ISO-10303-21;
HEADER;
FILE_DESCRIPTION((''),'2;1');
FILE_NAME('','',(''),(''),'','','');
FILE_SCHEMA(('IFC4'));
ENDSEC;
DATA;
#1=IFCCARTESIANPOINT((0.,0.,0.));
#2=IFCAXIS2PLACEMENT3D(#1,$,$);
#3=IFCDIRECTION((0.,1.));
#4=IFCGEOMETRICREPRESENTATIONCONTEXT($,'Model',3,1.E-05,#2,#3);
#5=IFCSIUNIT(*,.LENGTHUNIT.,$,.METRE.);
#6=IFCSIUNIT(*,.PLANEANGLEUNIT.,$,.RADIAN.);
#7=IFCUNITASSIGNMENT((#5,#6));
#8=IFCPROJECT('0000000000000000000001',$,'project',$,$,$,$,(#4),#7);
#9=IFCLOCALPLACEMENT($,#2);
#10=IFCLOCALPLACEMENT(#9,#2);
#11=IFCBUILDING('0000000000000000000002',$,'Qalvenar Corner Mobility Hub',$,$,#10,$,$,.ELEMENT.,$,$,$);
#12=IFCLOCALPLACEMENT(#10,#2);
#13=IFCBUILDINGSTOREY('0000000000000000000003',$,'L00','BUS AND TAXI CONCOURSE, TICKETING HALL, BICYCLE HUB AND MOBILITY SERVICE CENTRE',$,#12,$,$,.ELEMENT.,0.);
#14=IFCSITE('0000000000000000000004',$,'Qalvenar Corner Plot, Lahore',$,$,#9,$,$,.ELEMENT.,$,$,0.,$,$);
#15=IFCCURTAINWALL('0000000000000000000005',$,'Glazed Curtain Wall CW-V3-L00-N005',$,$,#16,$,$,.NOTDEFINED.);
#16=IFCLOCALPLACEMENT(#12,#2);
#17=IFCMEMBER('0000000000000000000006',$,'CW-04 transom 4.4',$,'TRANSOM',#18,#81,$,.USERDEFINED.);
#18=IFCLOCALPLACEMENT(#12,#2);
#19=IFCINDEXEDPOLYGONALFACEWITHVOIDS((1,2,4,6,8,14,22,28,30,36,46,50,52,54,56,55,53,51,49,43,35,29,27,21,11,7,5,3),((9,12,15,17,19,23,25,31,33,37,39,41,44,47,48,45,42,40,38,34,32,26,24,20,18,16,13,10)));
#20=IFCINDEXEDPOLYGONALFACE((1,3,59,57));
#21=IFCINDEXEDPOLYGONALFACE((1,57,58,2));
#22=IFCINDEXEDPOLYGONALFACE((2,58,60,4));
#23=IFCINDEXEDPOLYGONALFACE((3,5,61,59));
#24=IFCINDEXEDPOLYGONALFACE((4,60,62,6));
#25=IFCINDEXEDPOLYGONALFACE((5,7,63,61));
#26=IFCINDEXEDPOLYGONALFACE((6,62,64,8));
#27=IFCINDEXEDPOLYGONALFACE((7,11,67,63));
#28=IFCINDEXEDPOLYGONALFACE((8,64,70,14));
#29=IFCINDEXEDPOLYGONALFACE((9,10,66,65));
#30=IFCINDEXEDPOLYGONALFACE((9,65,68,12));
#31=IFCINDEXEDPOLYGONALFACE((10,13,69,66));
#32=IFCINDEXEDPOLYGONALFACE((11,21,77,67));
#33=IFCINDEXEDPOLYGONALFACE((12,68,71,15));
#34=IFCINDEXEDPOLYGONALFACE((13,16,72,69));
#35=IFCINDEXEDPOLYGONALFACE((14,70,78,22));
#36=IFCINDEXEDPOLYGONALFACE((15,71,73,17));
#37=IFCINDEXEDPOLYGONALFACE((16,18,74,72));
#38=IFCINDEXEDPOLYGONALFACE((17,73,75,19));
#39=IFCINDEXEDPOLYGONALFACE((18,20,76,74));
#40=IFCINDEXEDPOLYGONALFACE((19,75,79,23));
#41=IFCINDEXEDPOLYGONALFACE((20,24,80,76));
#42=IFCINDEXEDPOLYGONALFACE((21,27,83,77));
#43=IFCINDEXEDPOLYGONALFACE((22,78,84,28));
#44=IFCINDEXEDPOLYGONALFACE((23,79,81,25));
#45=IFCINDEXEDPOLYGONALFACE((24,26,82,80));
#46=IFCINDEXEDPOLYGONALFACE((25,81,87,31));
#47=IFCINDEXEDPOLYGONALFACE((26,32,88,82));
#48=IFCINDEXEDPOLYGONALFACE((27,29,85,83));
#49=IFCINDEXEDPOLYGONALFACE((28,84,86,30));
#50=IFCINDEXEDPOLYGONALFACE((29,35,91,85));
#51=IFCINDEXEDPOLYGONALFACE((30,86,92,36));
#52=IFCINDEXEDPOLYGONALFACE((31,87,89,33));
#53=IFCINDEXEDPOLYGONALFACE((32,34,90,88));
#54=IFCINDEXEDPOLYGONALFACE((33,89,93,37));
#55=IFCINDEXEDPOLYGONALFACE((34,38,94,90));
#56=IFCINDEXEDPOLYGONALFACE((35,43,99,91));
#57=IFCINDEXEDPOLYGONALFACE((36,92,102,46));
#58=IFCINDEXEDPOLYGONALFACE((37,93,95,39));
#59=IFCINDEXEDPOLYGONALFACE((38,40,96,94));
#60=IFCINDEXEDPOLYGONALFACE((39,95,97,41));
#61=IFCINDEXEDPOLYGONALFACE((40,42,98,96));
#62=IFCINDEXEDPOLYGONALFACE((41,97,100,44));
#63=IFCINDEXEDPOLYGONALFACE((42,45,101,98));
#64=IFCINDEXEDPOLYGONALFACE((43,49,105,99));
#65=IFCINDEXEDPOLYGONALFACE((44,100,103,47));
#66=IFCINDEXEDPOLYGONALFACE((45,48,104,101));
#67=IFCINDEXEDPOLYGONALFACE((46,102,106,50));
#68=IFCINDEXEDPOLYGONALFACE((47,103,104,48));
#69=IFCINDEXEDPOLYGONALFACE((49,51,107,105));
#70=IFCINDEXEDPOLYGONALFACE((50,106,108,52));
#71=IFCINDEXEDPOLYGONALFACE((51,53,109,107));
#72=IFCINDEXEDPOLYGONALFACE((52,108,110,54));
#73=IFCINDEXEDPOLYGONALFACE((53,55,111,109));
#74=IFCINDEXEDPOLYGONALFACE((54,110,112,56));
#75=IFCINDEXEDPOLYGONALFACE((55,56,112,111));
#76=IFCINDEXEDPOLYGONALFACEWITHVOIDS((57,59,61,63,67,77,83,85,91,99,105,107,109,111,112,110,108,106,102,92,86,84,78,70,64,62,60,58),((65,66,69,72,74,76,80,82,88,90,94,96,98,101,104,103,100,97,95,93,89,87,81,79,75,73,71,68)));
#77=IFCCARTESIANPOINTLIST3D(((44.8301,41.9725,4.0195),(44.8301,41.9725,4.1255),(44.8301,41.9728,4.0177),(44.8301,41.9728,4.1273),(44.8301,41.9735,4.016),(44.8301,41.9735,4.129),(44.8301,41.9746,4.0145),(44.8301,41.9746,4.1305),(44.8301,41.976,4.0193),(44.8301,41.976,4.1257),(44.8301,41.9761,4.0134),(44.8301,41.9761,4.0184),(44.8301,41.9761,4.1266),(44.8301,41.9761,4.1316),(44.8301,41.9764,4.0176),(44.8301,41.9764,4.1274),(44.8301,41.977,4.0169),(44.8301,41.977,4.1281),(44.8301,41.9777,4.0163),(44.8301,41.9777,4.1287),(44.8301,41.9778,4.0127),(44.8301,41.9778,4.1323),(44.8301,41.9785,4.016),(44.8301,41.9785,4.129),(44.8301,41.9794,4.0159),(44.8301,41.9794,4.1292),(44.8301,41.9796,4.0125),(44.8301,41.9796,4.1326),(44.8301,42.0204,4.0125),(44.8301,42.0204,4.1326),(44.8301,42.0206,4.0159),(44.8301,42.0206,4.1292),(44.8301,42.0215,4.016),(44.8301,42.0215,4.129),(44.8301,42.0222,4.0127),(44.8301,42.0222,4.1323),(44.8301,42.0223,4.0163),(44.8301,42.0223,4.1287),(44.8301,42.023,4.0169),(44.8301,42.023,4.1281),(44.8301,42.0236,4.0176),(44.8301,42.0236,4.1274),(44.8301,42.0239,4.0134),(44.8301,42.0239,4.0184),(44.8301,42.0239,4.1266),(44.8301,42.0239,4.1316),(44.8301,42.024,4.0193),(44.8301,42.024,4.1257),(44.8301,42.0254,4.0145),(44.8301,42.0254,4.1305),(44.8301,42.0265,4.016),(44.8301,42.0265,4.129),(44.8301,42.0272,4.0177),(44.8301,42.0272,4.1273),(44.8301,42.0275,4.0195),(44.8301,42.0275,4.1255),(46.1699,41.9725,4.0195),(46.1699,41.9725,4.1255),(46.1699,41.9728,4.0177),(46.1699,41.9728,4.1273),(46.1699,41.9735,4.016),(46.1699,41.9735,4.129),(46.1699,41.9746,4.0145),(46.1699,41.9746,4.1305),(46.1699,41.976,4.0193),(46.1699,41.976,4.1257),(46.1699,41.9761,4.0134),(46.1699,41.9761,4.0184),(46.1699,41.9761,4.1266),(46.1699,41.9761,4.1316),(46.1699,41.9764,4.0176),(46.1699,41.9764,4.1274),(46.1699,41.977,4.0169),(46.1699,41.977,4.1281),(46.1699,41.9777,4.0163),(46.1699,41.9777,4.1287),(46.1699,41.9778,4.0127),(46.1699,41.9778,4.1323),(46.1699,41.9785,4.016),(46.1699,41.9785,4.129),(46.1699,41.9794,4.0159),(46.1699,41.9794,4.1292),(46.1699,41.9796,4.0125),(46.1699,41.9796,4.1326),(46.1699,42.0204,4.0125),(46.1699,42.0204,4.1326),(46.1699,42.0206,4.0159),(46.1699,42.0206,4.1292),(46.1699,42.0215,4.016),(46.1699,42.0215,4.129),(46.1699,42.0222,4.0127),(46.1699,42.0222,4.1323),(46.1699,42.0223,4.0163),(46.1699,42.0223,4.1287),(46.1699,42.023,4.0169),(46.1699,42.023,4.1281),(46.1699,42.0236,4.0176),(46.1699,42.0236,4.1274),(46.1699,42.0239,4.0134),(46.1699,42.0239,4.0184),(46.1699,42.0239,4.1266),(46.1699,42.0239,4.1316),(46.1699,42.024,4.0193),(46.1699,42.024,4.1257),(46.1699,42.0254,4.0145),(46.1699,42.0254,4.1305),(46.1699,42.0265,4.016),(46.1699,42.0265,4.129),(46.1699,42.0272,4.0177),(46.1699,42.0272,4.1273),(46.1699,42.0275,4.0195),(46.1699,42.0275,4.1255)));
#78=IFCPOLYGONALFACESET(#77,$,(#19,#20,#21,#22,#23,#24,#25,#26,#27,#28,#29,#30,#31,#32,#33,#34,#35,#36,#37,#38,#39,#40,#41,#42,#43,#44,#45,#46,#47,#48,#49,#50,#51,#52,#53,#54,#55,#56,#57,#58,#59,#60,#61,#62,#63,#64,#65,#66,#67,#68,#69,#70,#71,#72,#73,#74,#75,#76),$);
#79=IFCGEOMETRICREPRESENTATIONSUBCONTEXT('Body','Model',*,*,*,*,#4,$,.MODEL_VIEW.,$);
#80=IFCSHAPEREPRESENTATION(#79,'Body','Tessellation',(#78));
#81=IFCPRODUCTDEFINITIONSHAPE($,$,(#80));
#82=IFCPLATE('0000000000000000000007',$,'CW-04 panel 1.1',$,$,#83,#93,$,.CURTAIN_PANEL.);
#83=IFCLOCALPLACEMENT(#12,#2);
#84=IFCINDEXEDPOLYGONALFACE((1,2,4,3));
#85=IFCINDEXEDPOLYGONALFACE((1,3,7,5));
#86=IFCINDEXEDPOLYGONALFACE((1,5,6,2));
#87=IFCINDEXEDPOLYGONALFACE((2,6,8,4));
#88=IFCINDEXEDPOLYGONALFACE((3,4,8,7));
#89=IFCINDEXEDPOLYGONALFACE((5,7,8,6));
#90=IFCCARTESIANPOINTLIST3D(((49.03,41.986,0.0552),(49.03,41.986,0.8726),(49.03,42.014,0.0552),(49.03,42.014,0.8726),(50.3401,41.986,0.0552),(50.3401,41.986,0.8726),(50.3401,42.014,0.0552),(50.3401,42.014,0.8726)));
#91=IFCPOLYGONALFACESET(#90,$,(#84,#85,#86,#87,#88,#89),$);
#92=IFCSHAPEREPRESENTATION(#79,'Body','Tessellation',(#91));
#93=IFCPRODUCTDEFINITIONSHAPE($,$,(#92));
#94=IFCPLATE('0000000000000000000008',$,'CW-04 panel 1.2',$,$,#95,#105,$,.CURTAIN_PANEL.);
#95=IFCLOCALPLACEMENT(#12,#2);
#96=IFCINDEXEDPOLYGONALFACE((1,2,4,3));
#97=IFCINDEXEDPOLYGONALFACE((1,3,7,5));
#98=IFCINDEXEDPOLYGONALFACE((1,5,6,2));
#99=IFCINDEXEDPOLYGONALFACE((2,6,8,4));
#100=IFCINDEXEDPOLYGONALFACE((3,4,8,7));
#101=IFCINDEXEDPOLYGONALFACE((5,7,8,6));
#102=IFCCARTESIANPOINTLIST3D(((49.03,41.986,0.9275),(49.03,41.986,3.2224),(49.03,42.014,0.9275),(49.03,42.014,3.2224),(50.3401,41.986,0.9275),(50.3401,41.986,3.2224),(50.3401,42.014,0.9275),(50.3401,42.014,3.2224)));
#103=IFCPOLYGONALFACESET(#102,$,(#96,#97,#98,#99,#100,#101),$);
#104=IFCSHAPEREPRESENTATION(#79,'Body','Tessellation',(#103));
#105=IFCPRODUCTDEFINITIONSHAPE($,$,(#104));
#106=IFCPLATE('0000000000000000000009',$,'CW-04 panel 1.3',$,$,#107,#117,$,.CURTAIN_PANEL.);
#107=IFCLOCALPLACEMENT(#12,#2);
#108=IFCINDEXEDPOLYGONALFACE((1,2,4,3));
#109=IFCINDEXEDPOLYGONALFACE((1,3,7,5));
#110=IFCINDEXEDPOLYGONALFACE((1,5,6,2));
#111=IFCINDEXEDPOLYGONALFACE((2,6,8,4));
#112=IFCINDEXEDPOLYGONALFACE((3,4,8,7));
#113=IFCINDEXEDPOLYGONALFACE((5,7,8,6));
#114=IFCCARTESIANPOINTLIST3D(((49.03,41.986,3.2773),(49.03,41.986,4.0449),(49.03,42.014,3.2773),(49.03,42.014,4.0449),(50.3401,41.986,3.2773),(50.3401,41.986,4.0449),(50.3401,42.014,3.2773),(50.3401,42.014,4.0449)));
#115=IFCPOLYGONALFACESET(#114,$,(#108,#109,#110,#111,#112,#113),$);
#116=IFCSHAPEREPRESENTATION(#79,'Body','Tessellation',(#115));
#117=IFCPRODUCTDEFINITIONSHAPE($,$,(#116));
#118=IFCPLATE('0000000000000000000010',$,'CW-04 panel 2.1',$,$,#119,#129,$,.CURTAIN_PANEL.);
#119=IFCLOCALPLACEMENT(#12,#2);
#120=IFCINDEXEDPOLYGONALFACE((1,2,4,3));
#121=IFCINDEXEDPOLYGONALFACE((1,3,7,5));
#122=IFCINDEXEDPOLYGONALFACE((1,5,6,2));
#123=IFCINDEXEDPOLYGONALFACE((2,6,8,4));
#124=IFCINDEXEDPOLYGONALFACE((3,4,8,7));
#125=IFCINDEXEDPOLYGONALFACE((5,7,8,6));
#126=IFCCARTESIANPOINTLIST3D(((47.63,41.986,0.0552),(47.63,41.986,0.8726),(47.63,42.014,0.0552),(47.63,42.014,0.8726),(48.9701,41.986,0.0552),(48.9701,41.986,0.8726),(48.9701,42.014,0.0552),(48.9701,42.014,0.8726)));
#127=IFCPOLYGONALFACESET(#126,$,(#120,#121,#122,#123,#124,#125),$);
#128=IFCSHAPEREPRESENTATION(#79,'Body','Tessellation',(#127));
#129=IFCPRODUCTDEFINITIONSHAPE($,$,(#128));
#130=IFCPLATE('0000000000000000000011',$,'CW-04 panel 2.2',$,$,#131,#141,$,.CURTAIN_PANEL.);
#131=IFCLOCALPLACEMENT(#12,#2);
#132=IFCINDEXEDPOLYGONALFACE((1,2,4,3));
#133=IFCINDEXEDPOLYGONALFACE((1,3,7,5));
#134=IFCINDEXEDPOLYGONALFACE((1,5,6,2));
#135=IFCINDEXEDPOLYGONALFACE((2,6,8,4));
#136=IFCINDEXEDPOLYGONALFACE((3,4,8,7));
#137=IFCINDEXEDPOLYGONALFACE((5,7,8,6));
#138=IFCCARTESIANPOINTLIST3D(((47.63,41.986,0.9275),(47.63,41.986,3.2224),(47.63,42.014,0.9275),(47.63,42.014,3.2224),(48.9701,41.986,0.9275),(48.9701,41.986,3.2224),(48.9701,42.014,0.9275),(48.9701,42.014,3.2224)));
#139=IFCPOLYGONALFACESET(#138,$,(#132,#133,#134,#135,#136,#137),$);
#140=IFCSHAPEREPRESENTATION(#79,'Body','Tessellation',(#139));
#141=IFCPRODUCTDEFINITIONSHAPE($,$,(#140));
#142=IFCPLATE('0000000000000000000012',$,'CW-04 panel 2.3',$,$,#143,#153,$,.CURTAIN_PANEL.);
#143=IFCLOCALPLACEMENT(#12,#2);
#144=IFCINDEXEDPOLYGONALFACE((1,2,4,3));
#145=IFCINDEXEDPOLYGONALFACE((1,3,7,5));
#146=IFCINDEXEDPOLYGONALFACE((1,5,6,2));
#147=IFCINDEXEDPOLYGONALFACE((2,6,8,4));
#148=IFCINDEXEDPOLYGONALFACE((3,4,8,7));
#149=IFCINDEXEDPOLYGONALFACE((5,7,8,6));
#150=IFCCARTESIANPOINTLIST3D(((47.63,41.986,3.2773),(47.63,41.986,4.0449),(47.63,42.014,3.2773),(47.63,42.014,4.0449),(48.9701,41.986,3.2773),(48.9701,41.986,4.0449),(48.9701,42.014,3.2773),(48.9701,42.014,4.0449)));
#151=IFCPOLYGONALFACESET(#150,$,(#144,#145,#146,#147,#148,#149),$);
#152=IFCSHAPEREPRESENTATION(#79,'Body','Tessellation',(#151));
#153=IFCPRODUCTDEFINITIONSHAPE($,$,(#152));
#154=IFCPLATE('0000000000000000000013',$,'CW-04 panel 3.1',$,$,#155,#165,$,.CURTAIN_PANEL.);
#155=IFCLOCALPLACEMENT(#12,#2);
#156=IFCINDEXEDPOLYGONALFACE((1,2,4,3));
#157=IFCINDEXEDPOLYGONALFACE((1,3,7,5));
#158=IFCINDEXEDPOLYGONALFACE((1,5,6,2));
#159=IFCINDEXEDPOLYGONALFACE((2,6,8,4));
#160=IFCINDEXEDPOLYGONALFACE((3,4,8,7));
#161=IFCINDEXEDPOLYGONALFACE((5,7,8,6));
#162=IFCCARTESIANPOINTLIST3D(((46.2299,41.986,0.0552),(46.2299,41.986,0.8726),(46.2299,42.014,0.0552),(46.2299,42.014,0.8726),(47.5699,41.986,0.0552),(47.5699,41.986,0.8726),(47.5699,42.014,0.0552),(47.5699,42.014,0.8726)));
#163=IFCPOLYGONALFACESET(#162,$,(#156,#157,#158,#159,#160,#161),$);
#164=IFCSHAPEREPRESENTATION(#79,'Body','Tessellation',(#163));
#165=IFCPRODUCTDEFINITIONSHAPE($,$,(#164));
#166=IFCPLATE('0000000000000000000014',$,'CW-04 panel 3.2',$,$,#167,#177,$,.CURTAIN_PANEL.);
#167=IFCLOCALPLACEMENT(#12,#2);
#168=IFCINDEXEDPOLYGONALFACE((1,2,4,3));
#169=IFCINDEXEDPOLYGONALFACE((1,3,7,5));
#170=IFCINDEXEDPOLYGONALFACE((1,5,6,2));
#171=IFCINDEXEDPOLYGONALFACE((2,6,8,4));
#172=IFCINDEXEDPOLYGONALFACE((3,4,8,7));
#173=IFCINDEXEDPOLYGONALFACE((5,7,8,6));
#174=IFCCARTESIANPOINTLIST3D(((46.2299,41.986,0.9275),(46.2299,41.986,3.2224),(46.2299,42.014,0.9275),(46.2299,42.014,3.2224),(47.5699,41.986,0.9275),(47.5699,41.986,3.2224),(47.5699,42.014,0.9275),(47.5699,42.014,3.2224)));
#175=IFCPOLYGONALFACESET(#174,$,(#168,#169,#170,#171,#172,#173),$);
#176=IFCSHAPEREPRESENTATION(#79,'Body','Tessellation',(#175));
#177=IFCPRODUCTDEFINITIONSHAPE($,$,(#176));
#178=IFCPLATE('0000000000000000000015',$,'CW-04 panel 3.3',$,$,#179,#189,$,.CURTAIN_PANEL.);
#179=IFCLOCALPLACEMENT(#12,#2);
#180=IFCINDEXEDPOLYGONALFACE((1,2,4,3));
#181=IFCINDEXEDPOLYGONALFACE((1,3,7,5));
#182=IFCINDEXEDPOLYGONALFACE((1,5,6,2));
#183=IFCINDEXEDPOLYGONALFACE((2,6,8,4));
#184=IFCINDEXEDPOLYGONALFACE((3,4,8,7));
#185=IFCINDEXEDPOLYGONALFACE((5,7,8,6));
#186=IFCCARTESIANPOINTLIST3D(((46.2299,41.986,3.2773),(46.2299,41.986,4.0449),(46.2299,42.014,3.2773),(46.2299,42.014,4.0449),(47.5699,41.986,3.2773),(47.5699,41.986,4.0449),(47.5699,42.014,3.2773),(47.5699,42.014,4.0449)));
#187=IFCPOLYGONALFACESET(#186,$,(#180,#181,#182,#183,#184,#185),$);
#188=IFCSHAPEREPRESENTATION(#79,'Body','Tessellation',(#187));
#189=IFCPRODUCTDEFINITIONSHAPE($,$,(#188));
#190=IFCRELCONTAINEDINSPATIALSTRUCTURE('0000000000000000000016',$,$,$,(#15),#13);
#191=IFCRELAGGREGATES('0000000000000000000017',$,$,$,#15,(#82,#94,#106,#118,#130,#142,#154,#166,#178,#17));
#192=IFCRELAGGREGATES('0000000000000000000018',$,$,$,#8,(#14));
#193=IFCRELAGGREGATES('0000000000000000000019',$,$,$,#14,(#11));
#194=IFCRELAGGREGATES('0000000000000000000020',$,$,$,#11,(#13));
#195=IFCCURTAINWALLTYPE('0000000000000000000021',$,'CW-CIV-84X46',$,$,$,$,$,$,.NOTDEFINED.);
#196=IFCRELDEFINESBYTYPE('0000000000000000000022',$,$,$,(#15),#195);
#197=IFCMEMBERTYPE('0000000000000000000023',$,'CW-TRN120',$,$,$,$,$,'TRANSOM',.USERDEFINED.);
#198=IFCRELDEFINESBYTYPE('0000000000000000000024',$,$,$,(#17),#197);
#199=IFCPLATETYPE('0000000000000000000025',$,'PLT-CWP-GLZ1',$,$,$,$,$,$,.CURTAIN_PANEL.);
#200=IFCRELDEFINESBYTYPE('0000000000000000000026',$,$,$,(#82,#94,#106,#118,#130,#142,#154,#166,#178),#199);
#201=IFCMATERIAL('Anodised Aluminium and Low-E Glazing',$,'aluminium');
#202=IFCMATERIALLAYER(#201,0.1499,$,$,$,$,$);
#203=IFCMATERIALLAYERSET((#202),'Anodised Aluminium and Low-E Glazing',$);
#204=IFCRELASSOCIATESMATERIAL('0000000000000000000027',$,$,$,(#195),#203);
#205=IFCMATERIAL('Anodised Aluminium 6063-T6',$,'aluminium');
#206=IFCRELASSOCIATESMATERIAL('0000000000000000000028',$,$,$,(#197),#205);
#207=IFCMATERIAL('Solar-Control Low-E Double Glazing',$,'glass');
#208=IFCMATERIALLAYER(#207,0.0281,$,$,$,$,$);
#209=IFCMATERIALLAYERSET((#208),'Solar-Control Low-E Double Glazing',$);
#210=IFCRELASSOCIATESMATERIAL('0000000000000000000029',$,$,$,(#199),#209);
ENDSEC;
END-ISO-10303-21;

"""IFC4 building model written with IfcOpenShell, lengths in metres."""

from ifc_helpers import new_model, si_unit, direction, frame, origin, origin_2d, place, context, subcontext, project, spatial, rectangle, hollow_rectangle, extrude, material, layer, layer_set, material_profile, profile_set, type_object, element, aggregate, save


model = new_model("IFC4")

# Units and contexts
model_context = context("Model", 3, precision=1e-05, world=origin(), true_north=direction((0.0, 1.0)))
body_context = subcontext(model_context, "Body", "Model", "MODEL_VIEW")
ifc_project = project(units=[si_unit("LENGTHUNIT", "METRE"), si_unit("PLANEANGLEUNIT", "RADIAN")], contexts=[model_context])

# Site, building, storey
site_placement = place(None, origin())
site = spatial("IfcSite", under=ifc_project, at=site_placement, Name="Qalvenar Corner Plot, Lahore", CompositionType="ELEMENT", RefElevation=0.0)
building_placement = place(site_placement, origin())
building = spatial("IfcBuilding", under=site, at=building_placement, Name="Qalvenar Corner Mobility Hub", CompositionType="ELEMENT")
storey_placement = place(building_placement, origin())
storey = spatial("IfcBuildingStorey", under=building, at=storey_placement, Name="L00", Description="BUS AND TAXI CONCOURSE, TICKETING HALL, BICYCLE HUB AND MOBILITY SERVICE CENTRE", CompositionType="ELEMENT", Elevation=0.0)

# Curtain wall, member, plates
ifc_material_1 = material(Name="Anodised Aluminium and Low-E Glazing", Category="aluminium")
ifc_layer_1 = layer(ifc_material_1, 0.1499)
ifc_layer_set_1 = layer_set([ifc_layer_1], Name="Anodised Aluminium and Low-E Glazing")
curtain_wall_type = type_object("IfcCurtainWallType", Name="CW-CIV-84X46", PredefinedType="NOTDEFINED", material=ifc_layer_set_1)
curtain_wall_placement = place(storey_placement, origin())
curtain_wall = element("IfcCurtainWall", 1, at=curtain_wall_placement, inside=storey, type_object=curtain_wall_type, Name="Glazed Curtain Wall CW-V3-L00-N005", PredefinedType="NOTDEFINED")
ifc_material_2 = material(Name="Anodised Aluminium 6063-T6", Category="aluminium")
ifc_material_profile_1 = material_profile(ifc_material_2, hollow_rectangle(XDim=0.0549, YDim=0.1201, WallThickness=0.0034, InnerFilletRadius=0.0034, OuterFilletRadius=0.0071, at=origin_2d()), Name="RHS120x55x3.5")
ifc_profile_set_1 = profile_set([ifc_material_profile_1], Name="Anodised Aluminium 6063-T6")
member_type_1 = type_object("IfcMemberType", Name="CW-TRN120", ElementType="TRANSOM", PredefinedType="USERDEFINED", material=ifc_profile_set_1)
member_1_placement = place(storey_placement, frame((46.1699, 42.0, 4.0725), z_axis=(-1.0, 0.0, 0.0), x_axis=(0.0, -1.0, 0.0)))
member_1 = element("IfcMember", 2, at=member_1_placement, type_object=member_type_1, Name="CW-04 transom 4.4", ObjectType="TRANSOM", PredefinedType="USERDEFINED", context=body_context, shape_type="SweptSolid", body=[
    extrude(hollow_rectangle(XDim=0.0549, YDim=0.1201, WallThickness=0.0034, InnerFilletRadius=0.0034, OuterFilletRadius=0.0071, at=origin_2d()), origin(), (0.0, 0.0, 1.0), 1.3398),
])
ifc_material_3 = material(Name="Solar-Control Low-E Double Glazing", Category="glass")
ifc_layer_2 = layer(ifc_material_3, 0.0281)
ifc_layer_set_2 = layer_set([ifc_layer_2], Name="Solar-Control Low-E Double Glazing")
plate_type = type_object("IfcPlateType", Name="PLT-CWP-GLZ1", PredefinedType="CURTAIN_PANEL", material=ifc_layer_set_2)
plate_1_placement = place(storey_placement, frame((49.6851, 42.0, 0.0552), z_axis=(0.0, 0.0, 1.0), x_axis=(-1.0, 0.0, 0.0)))
plate_1 = element("IfcPlate", 3, at=plate_1_placement, type_object=plate_type, Name="CW-04 panel 1.1", PredefinedType="CURTAIN_PANEL", context=body_context, shape_type="SweptSolid", body=[
    extrude(rectangle(XDim=1.3101, YDim=0.0281, at=origin_2d()), origin(), (0.0, 0.0, 1.0), 0.8174),
])
plate_2_placement = place(storey_placement, frame((49.6851, 42.0, 0.9275), z_axis=(0.0, 0.0, 1.0), x_axis=(-1.0, 0.0, 0.0)))
plate_2 = element("IfcPlate", 4, at=plate_2_placement, type_object=plate_type, Name="CW-04 panel 1.2", PredefinedType="CURTAIN_PANEL", context=body_context, shape_type="SweptSolid", body=[
    extrude(rectangle(XDim=1.3101, YDim=0.0281, at=origin_2d()), origin(), (0.0, 0.0, 1.0), 2.2949),
])
plate_3_placement = place(storey_placement, frame((49.6851, 42.0, 3.2773), z_axis=(0.0, 0.0, 1.0), x_axis=(-1.0, 0.0, 0.0)))
plate_3 = element("IfcPlate", 5, at=plate_3_placement, type_object=plate_type, Name="CW-04 panel 1.3", PredefinedType="CURTAIN_PANEL", context=body_context, shape_type="SweptSolid", body=[
    extrude(rectangle(XDim=1.3101, YDim=0.0281, at=origin_2d()), origin(), (0.0, 0.0, 1.0), 0.7676),
])
plate_4_placement = place(storey_placement, frame((48.3, 42.0, 0.0552), z_axis=(0.0, 0.0, 1.0), x_axis=(-1.0, 0.0, 0.0)))
plate_4 = element("IfcPlate", 6, at=plate_4_placement, type_object=plate_type, Name="CW-04 panel 2.1", PredefinedType="CURTAIN_PANEL", context=body_context, shape_type="SweptSolid", body=[
    extrude(rectangle(XDim=1.3401, YDim=0.0281, at=origin_2d()), origin(), (0.0, 0.0, 1.0), 0.8174),
])
plate_5_placement = place(storey_placement, frame((48.3, 42.0, 0.9275), z_axis=(0.0, 0.0, 1.0), x_axis=(-1.0, 0.0, 0.0)))
plate_5 = element("IfcPlate", 7, at=plate_5_placement, type_object=plate_type, Name="CW-04 panel 2.2", PredefinedType="CURTAIN_PANEL", context=body_context, shape_type="SweptSolid", body=[
    extrude(rectangle(XDim=1.3401, YDim=0.0281, at=origin_2d()), origin(), (0.0, 0.0, 1.0), 2.2949),
])
plate_6_placement = place(storey_placement, frame((48.3, 42.0, 3.2773), z_axis=(0.0, 0.0, 1.0), x_axis=(-1.0, 0.0, 0.0)))
plate_6 = element("IfcPlate", 8, at=plate_6_placement, type_object=plate_type, Name="CW-04 panel 2.3", PredefinedType="CURTAIN_PANEL", context=body_context, shape_type="SweptSolid", body=[
    extrude(rectangle(XDim=1.3401, YDim=0.0281, at=origin_2d()), origin(), (0.0, 0.0, 1.0), 0.7676),
])
plate_7_placement = place(storey_placement, frame((46.8999, 42.0, 0.0552), z_axis=(0.0, 0.0, 1.0), x_axis=(-1.0, 0.0, 0.0)))
plate_7 = element("IfcPlate", 9, at=plate_7_placement, type_object=plate_type, Name="CW-04 panel 3.1", PredefinedType="CURTAIN_PANEL", context=body_context, shape_type="SweptSolid", body=[
    extrude(rectangle(XDim=1.3401, YDim=0.0281, at=origin_2d()), origin(), (0.0, 0.0, 1.0), 0.8174),
])
plate_8_placement = place(storey_placement, frame((46.8999, 42.0, 0.9275), z_axis=(0.0, 0.0, 1.0), x_axis=(-1.0, 0.0, 0.0)))
plate_8 = element("IfcPlate", 10, at=plate_8_placement, type_object=plate_type, Name="CW-04 panel 3.2", PredefinedType="CURTAIN_PANEL", context=body_context, shape_type="SweptSolid", body=[
    extrude(rectangle(XDim=1.3401, YDim=0.0281, at=origin_2d()), origin(), (0.0, 0.0, 1.0), 2.2949),
])
plate_9_placement = place(storey_placement, frame((46.8999, 42.0, 3.2773), z_axis=(0.0, 0.0, 1.0), x_axis=(-1.0, 0.0, 0.0)))
plate_9 = element("IfcPlate", 11, at=plate_9_placement, type_object=plate_type, Name="CW-04 panel 3.3", PredefinedType="CURTAIN_PANEL", context=body_context, shape_type="SweptSolid", body=[
    extrude(rectangle(XDim=1.3401, YDim=0.0281, at=origin_2d()), origin(), (0.0, 0.0, 1.0), 0.7676),
])
aggregate(curtain_wall, [plate_1, plate_2, plate_3, plate_4, plate_5, plate_6, plate_7, plate_8, plate_9, member_1])

save(model, "model.ifc")
